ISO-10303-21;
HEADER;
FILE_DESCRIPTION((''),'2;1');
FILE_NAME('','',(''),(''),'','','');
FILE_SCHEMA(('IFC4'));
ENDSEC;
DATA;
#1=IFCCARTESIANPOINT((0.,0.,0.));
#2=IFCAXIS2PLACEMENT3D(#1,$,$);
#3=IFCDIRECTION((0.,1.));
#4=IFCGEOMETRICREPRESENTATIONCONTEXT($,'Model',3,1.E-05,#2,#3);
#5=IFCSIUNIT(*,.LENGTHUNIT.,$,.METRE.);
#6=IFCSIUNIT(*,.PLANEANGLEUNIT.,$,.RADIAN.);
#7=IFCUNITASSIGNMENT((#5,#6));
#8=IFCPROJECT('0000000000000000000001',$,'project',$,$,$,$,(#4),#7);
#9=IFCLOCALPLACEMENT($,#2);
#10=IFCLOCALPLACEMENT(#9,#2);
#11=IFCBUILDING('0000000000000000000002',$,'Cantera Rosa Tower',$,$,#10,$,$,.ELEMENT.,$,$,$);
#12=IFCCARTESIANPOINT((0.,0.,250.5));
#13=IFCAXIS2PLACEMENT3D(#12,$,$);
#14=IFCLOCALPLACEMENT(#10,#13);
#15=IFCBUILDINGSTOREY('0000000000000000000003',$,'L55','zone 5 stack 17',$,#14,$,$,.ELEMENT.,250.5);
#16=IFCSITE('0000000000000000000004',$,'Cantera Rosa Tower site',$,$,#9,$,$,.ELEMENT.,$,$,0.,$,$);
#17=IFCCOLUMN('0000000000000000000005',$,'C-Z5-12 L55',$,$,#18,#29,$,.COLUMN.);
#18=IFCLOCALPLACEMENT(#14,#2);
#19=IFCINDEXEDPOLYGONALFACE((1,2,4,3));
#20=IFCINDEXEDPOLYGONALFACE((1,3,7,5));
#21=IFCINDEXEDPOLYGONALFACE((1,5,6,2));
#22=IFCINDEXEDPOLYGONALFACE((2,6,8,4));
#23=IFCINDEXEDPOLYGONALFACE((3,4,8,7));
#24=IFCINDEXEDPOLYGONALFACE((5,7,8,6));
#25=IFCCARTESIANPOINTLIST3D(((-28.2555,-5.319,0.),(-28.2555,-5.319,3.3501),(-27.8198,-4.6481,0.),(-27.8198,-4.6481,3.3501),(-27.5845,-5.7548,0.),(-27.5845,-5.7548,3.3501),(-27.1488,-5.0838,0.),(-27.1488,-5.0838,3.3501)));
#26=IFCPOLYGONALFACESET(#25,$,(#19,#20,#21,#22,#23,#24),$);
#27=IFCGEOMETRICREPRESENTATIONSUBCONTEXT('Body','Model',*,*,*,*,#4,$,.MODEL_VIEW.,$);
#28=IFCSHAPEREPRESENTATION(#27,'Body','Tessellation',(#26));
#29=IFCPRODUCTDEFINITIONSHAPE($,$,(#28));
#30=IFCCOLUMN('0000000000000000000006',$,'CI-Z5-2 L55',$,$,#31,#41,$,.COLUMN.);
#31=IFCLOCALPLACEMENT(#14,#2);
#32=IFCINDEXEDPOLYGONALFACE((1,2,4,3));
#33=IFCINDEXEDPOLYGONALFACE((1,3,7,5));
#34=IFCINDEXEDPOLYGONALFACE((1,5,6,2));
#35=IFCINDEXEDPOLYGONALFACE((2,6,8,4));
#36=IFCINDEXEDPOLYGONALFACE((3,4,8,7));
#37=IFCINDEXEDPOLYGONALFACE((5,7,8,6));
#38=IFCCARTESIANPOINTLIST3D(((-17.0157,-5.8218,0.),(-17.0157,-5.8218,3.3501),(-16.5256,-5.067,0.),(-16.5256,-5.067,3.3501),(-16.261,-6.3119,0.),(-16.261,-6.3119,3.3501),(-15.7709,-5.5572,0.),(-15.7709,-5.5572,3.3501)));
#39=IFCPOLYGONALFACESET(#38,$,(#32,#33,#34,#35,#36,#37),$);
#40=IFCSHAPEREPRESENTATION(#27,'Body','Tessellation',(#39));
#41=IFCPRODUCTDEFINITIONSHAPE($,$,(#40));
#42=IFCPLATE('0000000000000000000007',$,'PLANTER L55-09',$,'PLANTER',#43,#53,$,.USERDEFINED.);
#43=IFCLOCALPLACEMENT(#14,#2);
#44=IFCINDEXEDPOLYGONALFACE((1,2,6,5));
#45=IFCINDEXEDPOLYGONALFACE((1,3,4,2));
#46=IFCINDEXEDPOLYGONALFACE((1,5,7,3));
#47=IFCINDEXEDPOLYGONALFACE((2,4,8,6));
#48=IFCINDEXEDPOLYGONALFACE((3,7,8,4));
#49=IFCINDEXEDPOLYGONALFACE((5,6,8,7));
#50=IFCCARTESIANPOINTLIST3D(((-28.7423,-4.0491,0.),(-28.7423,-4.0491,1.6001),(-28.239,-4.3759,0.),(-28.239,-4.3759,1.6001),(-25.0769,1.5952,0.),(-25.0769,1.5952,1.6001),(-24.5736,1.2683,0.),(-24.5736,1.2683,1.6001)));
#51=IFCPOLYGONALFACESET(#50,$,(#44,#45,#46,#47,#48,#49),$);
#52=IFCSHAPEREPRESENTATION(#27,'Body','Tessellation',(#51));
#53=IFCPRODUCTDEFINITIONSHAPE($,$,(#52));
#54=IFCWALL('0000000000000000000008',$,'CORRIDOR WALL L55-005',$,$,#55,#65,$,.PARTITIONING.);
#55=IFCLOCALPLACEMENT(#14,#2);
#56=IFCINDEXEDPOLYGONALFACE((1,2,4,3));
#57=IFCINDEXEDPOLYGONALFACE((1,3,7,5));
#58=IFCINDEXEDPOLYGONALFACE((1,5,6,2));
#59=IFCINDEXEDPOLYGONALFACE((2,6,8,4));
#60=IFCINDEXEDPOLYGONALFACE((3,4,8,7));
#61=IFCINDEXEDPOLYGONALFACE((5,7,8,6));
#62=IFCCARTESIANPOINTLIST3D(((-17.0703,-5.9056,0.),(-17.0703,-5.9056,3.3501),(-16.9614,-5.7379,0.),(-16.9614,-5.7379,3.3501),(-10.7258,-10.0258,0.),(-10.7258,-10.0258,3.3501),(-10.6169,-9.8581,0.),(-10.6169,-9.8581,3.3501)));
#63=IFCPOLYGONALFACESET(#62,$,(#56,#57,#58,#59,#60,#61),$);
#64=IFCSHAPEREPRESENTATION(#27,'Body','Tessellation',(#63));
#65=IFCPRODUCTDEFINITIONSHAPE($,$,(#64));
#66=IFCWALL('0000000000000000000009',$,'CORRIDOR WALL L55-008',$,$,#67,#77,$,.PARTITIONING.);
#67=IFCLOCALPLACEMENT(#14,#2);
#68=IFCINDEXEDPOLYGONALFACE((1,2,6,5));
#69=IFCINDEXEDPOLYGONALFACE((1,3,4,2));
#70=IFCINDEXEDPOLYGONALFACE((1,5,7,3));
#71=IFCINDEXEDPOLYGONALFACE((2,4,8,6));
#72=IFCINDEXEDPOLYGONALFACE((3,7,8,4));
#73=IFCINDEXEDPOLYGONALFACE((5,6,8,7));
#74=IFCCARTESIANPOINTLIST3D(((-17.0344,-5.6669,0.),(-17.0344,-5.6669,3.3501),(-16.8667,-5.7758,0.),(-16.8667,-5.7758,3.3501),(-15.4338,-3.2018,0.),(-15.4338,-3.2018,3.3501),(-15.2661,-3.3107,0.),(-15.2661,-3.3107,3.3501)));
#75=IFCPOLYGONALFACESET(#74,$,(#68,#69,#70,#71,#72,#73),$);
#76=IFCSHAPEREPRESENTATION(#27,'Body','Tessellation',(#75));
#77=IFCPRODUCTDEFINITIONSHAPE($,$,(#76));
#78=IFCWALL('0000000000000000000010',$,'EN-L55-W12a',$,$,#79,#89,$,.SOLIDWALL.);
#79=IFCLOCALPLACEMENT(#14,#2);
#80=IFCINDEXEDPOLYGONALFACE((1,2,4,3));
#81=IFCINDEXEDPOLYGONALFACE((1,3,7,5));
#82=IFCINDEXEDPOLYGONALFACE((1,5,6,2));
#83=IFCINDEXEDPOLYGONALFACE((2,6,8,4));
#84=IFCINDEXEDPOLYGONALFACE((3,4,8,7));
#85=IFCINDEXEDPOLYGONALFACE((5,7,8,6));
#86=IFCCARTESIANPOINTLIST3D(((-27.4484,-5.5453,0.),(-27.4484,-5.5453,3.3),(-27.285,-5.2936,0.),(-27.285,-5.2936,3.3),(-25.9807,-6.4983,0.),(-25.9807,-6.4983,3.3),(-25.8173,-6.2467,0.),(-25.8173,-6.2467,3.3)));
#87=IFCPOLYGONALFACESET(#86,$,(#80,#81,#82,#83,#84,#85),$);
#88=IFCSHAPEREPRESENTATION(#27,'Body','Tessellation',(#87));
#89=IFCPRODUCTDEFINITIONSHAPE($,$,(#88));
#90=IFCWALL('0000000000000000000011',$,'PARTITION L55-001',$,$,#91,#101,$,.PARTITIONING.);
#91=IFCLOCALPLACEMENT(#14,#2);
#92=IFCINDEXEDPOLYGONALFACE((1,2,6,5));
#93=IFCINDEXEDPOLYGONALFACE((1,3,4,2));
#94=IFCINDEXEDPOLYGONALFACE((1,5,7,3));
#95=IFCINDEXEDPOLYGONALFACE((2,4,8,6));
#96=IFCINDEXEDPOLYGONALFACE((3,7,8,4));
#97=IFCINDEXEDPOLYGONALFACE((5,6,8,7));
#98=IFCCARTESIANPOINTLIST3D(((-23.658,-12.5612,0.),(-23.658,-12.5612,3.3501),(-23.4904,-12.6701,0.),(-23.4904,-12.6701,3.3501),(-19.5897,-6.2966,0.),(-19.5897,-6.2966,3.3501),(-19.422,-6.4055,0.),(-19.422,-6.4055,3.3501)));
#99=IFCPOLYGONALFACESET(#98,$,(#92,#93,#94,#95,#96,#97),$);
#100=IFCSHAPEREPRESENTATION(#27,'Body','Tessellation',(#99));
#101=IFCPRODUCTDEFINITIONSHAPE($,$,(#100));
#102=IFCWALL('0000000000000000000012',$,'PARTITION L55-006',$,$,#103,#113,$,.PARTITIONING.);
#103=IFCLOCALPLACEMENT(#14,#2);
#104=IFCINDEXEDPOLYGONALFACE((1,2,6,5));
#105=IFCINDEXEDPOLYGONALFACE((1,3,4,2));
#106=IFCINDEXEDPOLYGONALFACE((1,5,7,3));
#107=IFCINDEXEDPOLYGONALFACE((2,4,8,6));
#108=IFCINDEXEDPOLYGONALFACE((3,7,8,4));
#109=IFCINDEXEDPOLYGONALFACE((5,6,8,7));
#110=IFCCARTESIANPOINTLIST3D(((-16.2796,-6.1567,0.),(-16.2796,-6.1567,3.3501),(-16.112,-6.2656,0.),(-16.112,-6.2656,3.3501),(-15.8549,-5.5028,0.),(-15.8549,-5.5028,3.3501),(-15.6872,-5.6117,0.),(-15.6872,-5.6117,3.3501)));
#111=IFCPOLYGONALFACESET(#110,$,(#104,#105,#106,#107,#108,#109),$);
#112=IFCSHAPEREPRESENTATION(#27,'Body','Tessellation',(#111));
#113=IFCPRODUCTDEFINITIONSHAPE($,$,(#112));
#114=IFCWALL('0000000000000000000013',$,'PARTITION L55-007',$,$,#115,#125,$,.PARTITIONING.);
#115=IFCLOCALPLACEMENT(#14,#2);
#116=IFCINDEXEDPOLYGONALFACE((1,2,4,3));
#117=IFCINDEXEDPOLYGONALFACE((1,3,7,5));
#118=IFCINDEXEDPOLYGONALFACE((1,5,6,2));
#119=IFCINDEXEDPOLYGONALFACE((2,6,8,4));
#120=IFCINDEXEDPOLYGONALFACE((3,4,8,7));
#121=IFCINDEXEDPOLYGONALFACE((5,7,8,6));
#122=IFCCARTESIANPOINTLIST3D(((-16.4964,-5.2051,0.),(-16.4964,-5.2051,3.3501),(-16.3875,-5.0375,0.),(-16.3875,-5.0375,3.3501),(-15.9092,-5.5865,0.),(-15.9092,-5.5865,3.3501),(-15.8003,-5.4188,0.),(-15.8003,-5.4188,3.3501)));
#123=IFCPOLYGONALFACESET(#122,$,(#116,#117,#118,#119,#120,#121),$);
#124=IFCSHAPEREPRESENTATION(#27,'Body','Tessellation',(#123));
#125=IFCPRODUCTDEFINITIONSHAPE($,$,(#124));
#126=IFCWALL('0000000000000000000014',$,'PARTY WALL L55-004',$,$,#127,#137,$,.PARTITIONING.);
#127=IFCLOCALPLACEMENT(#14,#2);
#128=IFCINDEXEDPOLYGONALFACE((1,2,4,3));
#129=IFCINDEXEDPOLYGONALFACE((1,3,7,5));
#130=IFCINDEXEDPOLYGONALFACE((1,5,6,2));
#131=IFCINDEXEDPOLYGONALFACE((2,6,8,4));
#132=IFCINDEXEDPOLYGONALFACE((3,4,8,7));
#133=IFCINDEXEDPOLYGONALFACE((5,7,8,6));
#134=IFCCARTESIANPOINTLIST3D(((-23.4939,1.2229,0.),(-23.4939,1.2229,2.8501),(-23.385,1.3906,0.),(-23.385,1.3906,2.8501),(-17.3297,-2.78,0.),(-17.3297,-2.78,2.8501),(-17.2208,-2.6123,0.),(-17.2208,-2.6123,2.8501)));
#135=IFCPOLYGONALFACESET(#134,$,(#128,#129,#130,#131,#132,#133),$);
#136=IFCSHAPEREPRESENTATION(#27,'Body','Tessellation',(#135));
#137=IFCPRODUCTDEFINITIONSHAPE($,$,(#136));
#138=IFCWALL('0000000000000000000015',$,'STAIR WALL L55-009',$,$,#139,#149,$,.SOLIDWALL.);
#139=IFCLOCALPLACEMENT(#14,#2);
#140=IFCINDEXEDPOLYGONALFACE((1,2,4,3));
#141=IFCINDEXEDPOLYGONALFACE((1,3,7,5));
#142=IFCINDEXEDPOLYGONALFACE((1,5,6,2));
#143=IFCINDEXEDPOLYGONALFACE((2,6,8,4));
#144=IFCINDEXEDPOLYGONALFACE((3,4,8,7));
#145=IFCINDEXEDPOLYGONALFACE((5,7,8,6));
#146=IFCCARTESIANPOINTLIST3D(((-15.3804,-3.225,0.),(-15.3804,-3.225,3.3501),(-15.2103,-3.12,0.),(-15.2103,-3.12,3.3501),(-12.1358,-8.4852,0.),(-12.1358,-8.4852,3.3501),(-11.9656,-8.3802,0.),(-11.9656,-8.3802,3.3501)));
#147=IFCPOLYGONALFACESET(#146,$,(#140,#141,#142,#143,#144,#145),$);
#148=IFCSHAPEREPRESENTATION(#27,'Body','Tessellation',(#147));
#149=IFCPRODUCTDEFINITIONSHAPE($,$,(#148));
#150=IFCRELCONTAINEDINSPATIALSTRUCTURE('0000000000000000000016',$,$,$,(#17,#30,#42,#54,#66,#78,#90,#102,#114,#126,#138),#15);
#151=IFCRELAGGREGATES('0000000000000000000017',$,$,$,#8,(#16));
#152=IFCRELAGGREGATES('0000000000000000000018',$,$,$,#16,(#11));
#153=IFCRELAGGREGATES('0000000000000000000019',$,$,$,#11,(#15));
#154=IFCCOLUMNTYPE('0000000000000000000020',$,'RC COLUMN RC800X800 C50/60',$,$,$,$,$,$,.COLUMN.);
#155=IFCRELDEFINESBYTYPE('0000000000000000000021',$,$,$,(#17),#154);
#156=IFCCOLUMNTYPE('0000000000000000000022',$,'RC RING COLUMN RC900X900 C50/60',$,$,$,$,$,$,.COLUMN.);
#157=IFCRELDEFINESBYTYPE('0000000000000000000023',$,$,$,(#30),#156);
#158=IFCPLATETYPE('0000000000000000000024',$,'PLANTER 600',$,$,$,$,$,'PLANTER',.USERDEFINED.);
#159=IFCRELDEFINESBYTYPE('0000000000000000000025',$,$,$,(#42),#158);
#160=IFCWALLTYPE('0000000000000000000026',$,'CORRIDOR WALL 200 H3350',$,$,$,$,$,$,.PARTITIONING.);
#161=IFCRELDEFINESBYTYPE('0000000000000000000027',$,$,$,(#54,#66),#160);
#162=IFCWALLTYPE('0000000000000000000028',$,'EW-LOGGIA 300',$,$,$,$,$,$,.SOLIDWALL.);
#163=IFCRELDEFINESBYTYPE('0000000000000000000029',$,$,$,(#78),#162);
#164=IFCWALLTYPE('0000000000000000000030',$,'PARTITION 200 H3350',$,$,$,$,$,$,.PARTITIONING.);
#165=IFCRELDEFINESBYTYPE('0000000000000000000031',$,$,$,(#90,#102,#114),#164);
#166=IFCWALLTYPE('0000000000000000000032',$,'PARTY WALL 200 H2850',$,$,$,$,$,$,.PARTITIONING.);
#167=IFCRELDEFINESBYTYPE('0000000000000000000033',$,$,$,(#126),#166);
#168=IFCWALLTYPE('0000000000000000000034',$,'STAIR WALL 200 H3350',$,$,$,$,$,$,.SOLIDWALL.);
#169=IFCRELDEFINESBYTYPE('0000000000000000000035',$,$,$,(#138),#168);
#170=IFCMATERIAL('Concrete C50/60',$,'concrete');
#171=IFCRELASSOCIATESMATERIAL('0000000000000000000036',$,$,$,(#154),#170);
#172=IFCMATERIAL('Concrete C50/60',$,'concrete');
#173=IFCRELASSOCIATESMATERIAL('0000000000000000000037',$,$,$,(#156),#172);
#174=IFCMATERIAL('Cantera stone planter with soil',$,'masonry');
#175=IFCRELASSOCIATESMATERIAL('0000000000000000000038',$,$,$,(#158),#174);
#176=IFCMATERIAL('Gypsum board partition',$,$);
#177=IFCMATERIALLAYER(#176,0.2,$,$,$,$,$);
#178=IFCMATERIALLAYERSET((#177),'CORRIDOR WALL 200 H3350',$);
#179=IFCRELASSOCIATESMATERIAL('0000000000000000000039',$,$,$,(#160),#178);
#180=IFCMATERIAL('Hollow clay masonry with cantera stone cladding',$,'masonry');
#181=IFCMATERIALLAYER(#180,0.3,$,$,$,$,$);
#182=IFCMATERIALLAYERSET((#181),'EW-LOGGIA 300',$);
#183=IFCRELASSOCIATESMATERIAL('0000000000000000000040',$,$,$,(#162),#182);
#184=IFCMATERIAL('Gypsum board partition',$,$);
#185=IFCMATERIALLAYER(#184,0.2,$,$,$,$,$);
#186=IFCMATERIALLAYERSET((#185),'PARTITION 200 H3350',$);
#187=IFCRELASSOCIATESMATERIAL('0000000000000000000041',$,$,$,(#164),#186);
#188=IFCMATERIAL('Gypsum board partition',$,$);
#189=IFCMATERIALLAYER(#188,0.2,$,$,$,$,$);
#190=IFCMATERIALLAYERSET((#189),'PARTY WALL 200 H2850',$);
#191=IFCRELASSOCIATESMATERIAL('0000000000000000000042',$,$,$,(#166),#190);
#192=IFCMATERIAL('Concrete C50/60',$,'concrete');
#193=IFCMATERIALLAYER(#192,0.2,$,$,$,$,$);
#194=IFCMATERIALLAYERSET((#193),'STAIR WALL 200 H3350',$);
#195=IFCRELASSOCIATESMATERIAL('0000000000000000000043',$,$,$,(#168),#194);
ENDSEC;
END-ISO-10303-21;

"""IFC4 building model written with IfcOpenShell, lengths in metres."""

from ifc_helpers import new_model, si_unit, direction, frame, frame_2d, origin, origin_2d, place, context, subcontext, project, spatial, rectangle, extrude, material, layer, layer_set, material_profile, profile_set, type_object, element, save


model = new_model("IFC4")

# Units and contexts
model_context = context("Model", 3, precision=1e-05, world=origin(), true_north=direction((0.0, 1.0)))
body_context = subcontext(model_context, "Body", "Model", "MODEL_VIEW")
ifc_project = project(units=[si_unit("LENGTHUNIT", "METRE"), si_unit("PLANEANGLEUNIT", "RADIAN")], contexts=[model_context])

# Site, building, storey
site_placement = place(None, origin())
site = spatial("IfcSite", under=ifc_project, at=site_placement, Name="Cantera Rosa Tower site", CompositionType="ELEMENT", RefElevation=0.0)
building_placement = place(site_placement, origin())
building = spatial("IfcBuilding", under=site, at=building_placement, Name="Cantera Rosa Tower", CompositionType="ELEMENT")
storey_placement = place(building_placement, frame((0.0, 0.0, 250.5)))
storey = spatial("IfcBuildingStorey", under=building, at=storey_placement, Name="L55", Description="zone 5 stack 17", CompositionType="ELEMENT", Elevation=250.5)

# Columns
ifc_material_1 = material(Name="Concrete C50/60", Category="concrete")
ifc_material_profile_1 = material_profile(ifc_material_1, rectangle(XDim=0.8, YDim=0.8, at=origin_2d()), Name="RC COLUMN RC800X800 C50/60")
ifc_profile_set_1 = profile_set([ifc_material_profile_1], Name="Concrete C50/60")
column_type_1 = type_object("IfcColumnType", Name="RC COLUMN RC800X800 C50/60", PredefinedType="COLUMN", material=ifc_profile_set_1)
column_1_placement = place(storey_placement, frame((-27.7021, -5.2014, 0.0), z_axis=(0.0, 0.0, 1.0), x_axis=(0.544639, 0.838671, 0.0)))
element("IfcColumn", 1, at=column_1_placement, inside=storey, type_object=column_type_1, Name="C-Z5-12 L55", PredefinedType="COLUMN", context=body_context, shape_type="SweptSolid", body=[
    extrude(rectangle(XDim=0.8, YDim=0.8, at=origin_2d()), origin(), (0.0, 0.0, 1.0), 3.3501),
])
ifc_material_2 = material(Name="Concrete C50/60", Category="concrete")
ifc_material_profile_2 = material_profile(ifc_material_2, rectangle(XDim=0.8999, YDim=0.8999, at=origin_2d()), Name="RC RING COLUMN RC900X900 C50/60")
ifc_profile_set_2 = profile_set([ifc_material_profile_2], Name="Concrete C50/60")
column_type_2 = type_object("IfcColumnType", Name="RC RING COLUMN RC900X900 C50/60", PredefinedType="COLUMN", material=ifc_profile_set_2)
column_2_placement = place(storey_placement, frame((-16.3933, -5.6895, 0.0), z_axis=(0.0, 0.0, 1.0), x_axis=(0.544639, 0.838671, 0.0)))
element("IfcColumn", 2, at=column_2_placement, inside=storey, type_object=column_type_2, Name="CI-Z5-2 L55", PredefinedType="COLUMN", context=body_context, shape_type="SweptSolid", body=[
    extrude(rectangle(XDim=0.8999, YDim=0.8999, at=origin_2d()), origin(), (0.0, 0.0, 1.0), 3.3501),
])

# Plate
ifc_material_3 = material(Name="Cantera stone planter with soil", Category="masonry")
plate_type = type_object("IfcPlateType", Name="PLANTER 600", ElementType="PLANTER", PredefinedType="USERDEFINED", material=ifc_material_3)
plate_placement = place(storey_placement, frame((-26.658, -1.3904, 0.0), z_axis=(0.0, 0.0, 1.0), x_axis=(-0.544639, -0.838671, 0.0)))
element("IfcPlate", 3, at=plate_placement, inside=storey, type_object=plate_type, Name="PLANTER L55-09", ObjectType="PLANTER", PredefinedType="USERDEFINED", context=body_context, shape_type="SweptSolid", body=[
    extrude(rectangle(XDim=6.73, YDim=0.6001, at=origin_2d()), origin(), (0.0, 0.0, 1.0), 1.6001),
])

# Walls
ifc_material_4 = material(Name="Gypsum board partition")
ifc_layer_1 = layer(ifc_material_4, 0.2)
ifc_layer_set_1 = layer_set([ifc_layer_1], Name="CORRIDOR WALL 200 H3350")
wall_type_1 = type_object("IfcWallType", Name="CORRIDOR WALL 200 H3350", PredefinedType="PARTITIONING", material=ifc_layer_set_1)
wall_1_placement = place(storey_placement, frame((-17.0159, -5.8218, 0.0), z_axis=(0.0, 0.0, 1.0), x_axis=(0.838673, -0.544636, 0.0)))
element("IfcWall", 4, at=wall_1_placement, inside=storey, type_object=wall_type_1, Name="CORRIDOR WALL L55-005", PredefinedType="PARTITIONING", context=body_context, shape_type="SweptSolid", body=[
    extrude(rectangle(XDim=7.5649, YDim=0.2, at=frame_2d((3.7825, 0.0))), origin(), (0.0, 0.0, 1.0), 3.3501),
])
wall_2_placement = place(storey_placement, frame((-15.3499, -3.2561, 0.0), z_axis=(0.0, 0.0, 1.0), x_axis=(-0.544577, -0.838711, 0.0)))
element("IfcWall", 5, at=wall_2_placement, inside=storey, type_object=wall_type_1, Name="CORRIDOR WALL L55-008", PredefinedType="PARTITIONING", context=body_context, shape_type="SweptSolid", body=[
    extrude(rectangle(XDim=2.9392, YDim=0.2, at=frame_2d((1.4697, 0.0))), origin(), (0.0, 0.0, 1.0), 3.3501),
])
ifc_material_5 = material(Name="Hollow clay masonry with cantera stone cladding", Category="masonry")
ifc_layer_2 = layer(ifc_material_5, 0.3)
ifc_layer_set_2 = layer_set([ifc_layer_2], Name="EW-LOGGIA 300")
wall_type_2 = type_object("IfcWallType", Name="EW-LOGGIA 300", PredefinedType="SOLIDWALL", material=ifc_layer_set_2)
wall_3_placement = place(storey_placement, frame((-27.3667, -5.4194, 0.0), z_axis=(0.0, 0.0, 1.0), x_axis=(0.838686, -0.544616, 0.0)))
element("IfcWall", 6, at=wall_3_placement, inside=storey, type_object=wall_type_2, Name="EN-L55-W12a", PredefinedType="SOLIDWALL", context=body_context, shape_type="SweptSolid", body=[
    extrude(rectangle(XDim=1.75, YDim=0.3, at=frame_2d((0.875, 0.0))), origin(), (0.0, 0.0, 1.0), 3.3),
])
ifc_material_6 = material(Name="Gypsum board partition")
ifc_layer_3 = layer(ifc_material_6, 0.2)
ifc_layer_set_3 = layer_set([ifc_layer_3], Name="PARTITION 200 H3350")
wall_type_3 = type_object("IfcWallType", Name="PARTITION 200 H3350", PredefinedType="PARTITIONING", material=ifc_layer_set_3)
wall_4_placement = place(storey_placement, frame((-19.5059, -6.3511, 0.0), z_axis=(0.0, 0.0, 1.0), x_axis=(-0.544644, -0.838668, 0.0)))
element("IfcWall", 7, at=wall_4_placement, inside=storey, type_object=wall_type_3, Name="PARTITION L55-001", PredefinedType="PARTITIONING", context=body_context, shape_type="SweptSolid", body=[
    extrude(rectangle(XDim=7.4697, YDim=0.2, at=frame_2d((3.7349, 0.0))), origin(), (0.0, 0.0, 1.0), 3.3501),
])
wall_5_placement = place(storey_placement, frame((-16.1958, -6.2112, 0.0), z_axis=(0.0, 0.0, 1.0), x_axis=(0.544691, 0.838637, 0.0)))
element("IfcWall", 8, at=wall_5_placement, inside=storey, type_object=wall_type_3, Name="PARTITION L55-006", PredefinedType="PARTITIONING", context=body_context, shape_type="SweptSolid", body=[
    extrude(rectangle(XDim=0.7798, YDim=0.2, at=frame_2d((0.3899, 0.0))), origin(), (0.0, 0.0, 1.0), 3.3501),
])
wall_6_placement = place(storey_placement, frame((-15.8547, -5.5027, 0.0), z_axis=(0.0, 0.0, 1.0), x_axis=(-0.838643, 0.544682, 0.0)))
element("IfcWall", 9, at=wall_6_placement, inside=storey, type_object=wall_type_3, Name="PARTITION L55-007", PredefinedType="PARTITIONING", context=body_context, shape_type="SweptSolid", body=[
    extrude(rectangle(XDim=0.7002, YDim=0.2, at=frame_2d((0.3501, 0.0))), origin(), (0.0, 0.0, 1.0), 3.3501),
])
ifc_material_7 = material(Name="Gypsum board partition")
ifc_layer_4 = layer(ifc_material_7, 0.2)
ifc_layer_set_4 = layer_set([ifc_layer_4], Name="PARTY WALL 200 H2850")
wall_type_4 = type_object("IfcWallType", Name="PARTY WALL 200 H2850", PredefinedType="PARTITIONING", material=ifc_layer_set_4)
wall_7_placement = place(storey_placement, frame((-17.2754, -2.696, 0.0), z_axis=(0.0, 0.0, 1.0), x_axis=(-0.838684, 0.544618, 0.0)))
element("IfcWall", 10, at=wall_7_placement, inside=storey, type_object=wall_type_4, Name="PARTY WALL L55-004", PredefinedType="PARTITIONING", context=body_context, shape_type="SweptSolid", body=[
    extrude(rectangle(XDim=7.3499, YDim=0.2, at=frame_2d((3.6748, 0.0))), origin(), (0.0, 0.0, 1.0), 2.8501),
])
ifc_material_8 = material(Name="Concrete C50/60", Category="concrete")
ifc_layer_5 = layer(ifc_material_8, 0.2)
ifc_layer_set_5 = layer_set([ifc_layer_5], Name="STAIR WALL 200 H3350")
wall_type_5 = type_object("IfcWallType", Name="STAIR WALL 200 H3350", PredefinedType="SOLIDWALL", material=ifc_layer_set_5)
wall_8_placement = place(storey_placement, frame((-15.2954, -3.1724, 0.0), z_axis=(0.0, 0.0, 1.0), x_axis=(0.524983, -0.851113, 0.0)))
element("IfcWall", 11, at=wall_8_placement, inside=storey, type_object=wall_type_5, Name="STAIR WALL L55-009", PredefinedType="SOLIDWALL", context=body_context, shape_type="SweptSolid", body=[
    extrude(rectangle(XDim=6.1804, YDim=0.2, at=frame_2d((3.0903, 0.0))), origin(), (0.0, 0.0, 1.0), 3.3501),
])

save(model, "model.ifc")
